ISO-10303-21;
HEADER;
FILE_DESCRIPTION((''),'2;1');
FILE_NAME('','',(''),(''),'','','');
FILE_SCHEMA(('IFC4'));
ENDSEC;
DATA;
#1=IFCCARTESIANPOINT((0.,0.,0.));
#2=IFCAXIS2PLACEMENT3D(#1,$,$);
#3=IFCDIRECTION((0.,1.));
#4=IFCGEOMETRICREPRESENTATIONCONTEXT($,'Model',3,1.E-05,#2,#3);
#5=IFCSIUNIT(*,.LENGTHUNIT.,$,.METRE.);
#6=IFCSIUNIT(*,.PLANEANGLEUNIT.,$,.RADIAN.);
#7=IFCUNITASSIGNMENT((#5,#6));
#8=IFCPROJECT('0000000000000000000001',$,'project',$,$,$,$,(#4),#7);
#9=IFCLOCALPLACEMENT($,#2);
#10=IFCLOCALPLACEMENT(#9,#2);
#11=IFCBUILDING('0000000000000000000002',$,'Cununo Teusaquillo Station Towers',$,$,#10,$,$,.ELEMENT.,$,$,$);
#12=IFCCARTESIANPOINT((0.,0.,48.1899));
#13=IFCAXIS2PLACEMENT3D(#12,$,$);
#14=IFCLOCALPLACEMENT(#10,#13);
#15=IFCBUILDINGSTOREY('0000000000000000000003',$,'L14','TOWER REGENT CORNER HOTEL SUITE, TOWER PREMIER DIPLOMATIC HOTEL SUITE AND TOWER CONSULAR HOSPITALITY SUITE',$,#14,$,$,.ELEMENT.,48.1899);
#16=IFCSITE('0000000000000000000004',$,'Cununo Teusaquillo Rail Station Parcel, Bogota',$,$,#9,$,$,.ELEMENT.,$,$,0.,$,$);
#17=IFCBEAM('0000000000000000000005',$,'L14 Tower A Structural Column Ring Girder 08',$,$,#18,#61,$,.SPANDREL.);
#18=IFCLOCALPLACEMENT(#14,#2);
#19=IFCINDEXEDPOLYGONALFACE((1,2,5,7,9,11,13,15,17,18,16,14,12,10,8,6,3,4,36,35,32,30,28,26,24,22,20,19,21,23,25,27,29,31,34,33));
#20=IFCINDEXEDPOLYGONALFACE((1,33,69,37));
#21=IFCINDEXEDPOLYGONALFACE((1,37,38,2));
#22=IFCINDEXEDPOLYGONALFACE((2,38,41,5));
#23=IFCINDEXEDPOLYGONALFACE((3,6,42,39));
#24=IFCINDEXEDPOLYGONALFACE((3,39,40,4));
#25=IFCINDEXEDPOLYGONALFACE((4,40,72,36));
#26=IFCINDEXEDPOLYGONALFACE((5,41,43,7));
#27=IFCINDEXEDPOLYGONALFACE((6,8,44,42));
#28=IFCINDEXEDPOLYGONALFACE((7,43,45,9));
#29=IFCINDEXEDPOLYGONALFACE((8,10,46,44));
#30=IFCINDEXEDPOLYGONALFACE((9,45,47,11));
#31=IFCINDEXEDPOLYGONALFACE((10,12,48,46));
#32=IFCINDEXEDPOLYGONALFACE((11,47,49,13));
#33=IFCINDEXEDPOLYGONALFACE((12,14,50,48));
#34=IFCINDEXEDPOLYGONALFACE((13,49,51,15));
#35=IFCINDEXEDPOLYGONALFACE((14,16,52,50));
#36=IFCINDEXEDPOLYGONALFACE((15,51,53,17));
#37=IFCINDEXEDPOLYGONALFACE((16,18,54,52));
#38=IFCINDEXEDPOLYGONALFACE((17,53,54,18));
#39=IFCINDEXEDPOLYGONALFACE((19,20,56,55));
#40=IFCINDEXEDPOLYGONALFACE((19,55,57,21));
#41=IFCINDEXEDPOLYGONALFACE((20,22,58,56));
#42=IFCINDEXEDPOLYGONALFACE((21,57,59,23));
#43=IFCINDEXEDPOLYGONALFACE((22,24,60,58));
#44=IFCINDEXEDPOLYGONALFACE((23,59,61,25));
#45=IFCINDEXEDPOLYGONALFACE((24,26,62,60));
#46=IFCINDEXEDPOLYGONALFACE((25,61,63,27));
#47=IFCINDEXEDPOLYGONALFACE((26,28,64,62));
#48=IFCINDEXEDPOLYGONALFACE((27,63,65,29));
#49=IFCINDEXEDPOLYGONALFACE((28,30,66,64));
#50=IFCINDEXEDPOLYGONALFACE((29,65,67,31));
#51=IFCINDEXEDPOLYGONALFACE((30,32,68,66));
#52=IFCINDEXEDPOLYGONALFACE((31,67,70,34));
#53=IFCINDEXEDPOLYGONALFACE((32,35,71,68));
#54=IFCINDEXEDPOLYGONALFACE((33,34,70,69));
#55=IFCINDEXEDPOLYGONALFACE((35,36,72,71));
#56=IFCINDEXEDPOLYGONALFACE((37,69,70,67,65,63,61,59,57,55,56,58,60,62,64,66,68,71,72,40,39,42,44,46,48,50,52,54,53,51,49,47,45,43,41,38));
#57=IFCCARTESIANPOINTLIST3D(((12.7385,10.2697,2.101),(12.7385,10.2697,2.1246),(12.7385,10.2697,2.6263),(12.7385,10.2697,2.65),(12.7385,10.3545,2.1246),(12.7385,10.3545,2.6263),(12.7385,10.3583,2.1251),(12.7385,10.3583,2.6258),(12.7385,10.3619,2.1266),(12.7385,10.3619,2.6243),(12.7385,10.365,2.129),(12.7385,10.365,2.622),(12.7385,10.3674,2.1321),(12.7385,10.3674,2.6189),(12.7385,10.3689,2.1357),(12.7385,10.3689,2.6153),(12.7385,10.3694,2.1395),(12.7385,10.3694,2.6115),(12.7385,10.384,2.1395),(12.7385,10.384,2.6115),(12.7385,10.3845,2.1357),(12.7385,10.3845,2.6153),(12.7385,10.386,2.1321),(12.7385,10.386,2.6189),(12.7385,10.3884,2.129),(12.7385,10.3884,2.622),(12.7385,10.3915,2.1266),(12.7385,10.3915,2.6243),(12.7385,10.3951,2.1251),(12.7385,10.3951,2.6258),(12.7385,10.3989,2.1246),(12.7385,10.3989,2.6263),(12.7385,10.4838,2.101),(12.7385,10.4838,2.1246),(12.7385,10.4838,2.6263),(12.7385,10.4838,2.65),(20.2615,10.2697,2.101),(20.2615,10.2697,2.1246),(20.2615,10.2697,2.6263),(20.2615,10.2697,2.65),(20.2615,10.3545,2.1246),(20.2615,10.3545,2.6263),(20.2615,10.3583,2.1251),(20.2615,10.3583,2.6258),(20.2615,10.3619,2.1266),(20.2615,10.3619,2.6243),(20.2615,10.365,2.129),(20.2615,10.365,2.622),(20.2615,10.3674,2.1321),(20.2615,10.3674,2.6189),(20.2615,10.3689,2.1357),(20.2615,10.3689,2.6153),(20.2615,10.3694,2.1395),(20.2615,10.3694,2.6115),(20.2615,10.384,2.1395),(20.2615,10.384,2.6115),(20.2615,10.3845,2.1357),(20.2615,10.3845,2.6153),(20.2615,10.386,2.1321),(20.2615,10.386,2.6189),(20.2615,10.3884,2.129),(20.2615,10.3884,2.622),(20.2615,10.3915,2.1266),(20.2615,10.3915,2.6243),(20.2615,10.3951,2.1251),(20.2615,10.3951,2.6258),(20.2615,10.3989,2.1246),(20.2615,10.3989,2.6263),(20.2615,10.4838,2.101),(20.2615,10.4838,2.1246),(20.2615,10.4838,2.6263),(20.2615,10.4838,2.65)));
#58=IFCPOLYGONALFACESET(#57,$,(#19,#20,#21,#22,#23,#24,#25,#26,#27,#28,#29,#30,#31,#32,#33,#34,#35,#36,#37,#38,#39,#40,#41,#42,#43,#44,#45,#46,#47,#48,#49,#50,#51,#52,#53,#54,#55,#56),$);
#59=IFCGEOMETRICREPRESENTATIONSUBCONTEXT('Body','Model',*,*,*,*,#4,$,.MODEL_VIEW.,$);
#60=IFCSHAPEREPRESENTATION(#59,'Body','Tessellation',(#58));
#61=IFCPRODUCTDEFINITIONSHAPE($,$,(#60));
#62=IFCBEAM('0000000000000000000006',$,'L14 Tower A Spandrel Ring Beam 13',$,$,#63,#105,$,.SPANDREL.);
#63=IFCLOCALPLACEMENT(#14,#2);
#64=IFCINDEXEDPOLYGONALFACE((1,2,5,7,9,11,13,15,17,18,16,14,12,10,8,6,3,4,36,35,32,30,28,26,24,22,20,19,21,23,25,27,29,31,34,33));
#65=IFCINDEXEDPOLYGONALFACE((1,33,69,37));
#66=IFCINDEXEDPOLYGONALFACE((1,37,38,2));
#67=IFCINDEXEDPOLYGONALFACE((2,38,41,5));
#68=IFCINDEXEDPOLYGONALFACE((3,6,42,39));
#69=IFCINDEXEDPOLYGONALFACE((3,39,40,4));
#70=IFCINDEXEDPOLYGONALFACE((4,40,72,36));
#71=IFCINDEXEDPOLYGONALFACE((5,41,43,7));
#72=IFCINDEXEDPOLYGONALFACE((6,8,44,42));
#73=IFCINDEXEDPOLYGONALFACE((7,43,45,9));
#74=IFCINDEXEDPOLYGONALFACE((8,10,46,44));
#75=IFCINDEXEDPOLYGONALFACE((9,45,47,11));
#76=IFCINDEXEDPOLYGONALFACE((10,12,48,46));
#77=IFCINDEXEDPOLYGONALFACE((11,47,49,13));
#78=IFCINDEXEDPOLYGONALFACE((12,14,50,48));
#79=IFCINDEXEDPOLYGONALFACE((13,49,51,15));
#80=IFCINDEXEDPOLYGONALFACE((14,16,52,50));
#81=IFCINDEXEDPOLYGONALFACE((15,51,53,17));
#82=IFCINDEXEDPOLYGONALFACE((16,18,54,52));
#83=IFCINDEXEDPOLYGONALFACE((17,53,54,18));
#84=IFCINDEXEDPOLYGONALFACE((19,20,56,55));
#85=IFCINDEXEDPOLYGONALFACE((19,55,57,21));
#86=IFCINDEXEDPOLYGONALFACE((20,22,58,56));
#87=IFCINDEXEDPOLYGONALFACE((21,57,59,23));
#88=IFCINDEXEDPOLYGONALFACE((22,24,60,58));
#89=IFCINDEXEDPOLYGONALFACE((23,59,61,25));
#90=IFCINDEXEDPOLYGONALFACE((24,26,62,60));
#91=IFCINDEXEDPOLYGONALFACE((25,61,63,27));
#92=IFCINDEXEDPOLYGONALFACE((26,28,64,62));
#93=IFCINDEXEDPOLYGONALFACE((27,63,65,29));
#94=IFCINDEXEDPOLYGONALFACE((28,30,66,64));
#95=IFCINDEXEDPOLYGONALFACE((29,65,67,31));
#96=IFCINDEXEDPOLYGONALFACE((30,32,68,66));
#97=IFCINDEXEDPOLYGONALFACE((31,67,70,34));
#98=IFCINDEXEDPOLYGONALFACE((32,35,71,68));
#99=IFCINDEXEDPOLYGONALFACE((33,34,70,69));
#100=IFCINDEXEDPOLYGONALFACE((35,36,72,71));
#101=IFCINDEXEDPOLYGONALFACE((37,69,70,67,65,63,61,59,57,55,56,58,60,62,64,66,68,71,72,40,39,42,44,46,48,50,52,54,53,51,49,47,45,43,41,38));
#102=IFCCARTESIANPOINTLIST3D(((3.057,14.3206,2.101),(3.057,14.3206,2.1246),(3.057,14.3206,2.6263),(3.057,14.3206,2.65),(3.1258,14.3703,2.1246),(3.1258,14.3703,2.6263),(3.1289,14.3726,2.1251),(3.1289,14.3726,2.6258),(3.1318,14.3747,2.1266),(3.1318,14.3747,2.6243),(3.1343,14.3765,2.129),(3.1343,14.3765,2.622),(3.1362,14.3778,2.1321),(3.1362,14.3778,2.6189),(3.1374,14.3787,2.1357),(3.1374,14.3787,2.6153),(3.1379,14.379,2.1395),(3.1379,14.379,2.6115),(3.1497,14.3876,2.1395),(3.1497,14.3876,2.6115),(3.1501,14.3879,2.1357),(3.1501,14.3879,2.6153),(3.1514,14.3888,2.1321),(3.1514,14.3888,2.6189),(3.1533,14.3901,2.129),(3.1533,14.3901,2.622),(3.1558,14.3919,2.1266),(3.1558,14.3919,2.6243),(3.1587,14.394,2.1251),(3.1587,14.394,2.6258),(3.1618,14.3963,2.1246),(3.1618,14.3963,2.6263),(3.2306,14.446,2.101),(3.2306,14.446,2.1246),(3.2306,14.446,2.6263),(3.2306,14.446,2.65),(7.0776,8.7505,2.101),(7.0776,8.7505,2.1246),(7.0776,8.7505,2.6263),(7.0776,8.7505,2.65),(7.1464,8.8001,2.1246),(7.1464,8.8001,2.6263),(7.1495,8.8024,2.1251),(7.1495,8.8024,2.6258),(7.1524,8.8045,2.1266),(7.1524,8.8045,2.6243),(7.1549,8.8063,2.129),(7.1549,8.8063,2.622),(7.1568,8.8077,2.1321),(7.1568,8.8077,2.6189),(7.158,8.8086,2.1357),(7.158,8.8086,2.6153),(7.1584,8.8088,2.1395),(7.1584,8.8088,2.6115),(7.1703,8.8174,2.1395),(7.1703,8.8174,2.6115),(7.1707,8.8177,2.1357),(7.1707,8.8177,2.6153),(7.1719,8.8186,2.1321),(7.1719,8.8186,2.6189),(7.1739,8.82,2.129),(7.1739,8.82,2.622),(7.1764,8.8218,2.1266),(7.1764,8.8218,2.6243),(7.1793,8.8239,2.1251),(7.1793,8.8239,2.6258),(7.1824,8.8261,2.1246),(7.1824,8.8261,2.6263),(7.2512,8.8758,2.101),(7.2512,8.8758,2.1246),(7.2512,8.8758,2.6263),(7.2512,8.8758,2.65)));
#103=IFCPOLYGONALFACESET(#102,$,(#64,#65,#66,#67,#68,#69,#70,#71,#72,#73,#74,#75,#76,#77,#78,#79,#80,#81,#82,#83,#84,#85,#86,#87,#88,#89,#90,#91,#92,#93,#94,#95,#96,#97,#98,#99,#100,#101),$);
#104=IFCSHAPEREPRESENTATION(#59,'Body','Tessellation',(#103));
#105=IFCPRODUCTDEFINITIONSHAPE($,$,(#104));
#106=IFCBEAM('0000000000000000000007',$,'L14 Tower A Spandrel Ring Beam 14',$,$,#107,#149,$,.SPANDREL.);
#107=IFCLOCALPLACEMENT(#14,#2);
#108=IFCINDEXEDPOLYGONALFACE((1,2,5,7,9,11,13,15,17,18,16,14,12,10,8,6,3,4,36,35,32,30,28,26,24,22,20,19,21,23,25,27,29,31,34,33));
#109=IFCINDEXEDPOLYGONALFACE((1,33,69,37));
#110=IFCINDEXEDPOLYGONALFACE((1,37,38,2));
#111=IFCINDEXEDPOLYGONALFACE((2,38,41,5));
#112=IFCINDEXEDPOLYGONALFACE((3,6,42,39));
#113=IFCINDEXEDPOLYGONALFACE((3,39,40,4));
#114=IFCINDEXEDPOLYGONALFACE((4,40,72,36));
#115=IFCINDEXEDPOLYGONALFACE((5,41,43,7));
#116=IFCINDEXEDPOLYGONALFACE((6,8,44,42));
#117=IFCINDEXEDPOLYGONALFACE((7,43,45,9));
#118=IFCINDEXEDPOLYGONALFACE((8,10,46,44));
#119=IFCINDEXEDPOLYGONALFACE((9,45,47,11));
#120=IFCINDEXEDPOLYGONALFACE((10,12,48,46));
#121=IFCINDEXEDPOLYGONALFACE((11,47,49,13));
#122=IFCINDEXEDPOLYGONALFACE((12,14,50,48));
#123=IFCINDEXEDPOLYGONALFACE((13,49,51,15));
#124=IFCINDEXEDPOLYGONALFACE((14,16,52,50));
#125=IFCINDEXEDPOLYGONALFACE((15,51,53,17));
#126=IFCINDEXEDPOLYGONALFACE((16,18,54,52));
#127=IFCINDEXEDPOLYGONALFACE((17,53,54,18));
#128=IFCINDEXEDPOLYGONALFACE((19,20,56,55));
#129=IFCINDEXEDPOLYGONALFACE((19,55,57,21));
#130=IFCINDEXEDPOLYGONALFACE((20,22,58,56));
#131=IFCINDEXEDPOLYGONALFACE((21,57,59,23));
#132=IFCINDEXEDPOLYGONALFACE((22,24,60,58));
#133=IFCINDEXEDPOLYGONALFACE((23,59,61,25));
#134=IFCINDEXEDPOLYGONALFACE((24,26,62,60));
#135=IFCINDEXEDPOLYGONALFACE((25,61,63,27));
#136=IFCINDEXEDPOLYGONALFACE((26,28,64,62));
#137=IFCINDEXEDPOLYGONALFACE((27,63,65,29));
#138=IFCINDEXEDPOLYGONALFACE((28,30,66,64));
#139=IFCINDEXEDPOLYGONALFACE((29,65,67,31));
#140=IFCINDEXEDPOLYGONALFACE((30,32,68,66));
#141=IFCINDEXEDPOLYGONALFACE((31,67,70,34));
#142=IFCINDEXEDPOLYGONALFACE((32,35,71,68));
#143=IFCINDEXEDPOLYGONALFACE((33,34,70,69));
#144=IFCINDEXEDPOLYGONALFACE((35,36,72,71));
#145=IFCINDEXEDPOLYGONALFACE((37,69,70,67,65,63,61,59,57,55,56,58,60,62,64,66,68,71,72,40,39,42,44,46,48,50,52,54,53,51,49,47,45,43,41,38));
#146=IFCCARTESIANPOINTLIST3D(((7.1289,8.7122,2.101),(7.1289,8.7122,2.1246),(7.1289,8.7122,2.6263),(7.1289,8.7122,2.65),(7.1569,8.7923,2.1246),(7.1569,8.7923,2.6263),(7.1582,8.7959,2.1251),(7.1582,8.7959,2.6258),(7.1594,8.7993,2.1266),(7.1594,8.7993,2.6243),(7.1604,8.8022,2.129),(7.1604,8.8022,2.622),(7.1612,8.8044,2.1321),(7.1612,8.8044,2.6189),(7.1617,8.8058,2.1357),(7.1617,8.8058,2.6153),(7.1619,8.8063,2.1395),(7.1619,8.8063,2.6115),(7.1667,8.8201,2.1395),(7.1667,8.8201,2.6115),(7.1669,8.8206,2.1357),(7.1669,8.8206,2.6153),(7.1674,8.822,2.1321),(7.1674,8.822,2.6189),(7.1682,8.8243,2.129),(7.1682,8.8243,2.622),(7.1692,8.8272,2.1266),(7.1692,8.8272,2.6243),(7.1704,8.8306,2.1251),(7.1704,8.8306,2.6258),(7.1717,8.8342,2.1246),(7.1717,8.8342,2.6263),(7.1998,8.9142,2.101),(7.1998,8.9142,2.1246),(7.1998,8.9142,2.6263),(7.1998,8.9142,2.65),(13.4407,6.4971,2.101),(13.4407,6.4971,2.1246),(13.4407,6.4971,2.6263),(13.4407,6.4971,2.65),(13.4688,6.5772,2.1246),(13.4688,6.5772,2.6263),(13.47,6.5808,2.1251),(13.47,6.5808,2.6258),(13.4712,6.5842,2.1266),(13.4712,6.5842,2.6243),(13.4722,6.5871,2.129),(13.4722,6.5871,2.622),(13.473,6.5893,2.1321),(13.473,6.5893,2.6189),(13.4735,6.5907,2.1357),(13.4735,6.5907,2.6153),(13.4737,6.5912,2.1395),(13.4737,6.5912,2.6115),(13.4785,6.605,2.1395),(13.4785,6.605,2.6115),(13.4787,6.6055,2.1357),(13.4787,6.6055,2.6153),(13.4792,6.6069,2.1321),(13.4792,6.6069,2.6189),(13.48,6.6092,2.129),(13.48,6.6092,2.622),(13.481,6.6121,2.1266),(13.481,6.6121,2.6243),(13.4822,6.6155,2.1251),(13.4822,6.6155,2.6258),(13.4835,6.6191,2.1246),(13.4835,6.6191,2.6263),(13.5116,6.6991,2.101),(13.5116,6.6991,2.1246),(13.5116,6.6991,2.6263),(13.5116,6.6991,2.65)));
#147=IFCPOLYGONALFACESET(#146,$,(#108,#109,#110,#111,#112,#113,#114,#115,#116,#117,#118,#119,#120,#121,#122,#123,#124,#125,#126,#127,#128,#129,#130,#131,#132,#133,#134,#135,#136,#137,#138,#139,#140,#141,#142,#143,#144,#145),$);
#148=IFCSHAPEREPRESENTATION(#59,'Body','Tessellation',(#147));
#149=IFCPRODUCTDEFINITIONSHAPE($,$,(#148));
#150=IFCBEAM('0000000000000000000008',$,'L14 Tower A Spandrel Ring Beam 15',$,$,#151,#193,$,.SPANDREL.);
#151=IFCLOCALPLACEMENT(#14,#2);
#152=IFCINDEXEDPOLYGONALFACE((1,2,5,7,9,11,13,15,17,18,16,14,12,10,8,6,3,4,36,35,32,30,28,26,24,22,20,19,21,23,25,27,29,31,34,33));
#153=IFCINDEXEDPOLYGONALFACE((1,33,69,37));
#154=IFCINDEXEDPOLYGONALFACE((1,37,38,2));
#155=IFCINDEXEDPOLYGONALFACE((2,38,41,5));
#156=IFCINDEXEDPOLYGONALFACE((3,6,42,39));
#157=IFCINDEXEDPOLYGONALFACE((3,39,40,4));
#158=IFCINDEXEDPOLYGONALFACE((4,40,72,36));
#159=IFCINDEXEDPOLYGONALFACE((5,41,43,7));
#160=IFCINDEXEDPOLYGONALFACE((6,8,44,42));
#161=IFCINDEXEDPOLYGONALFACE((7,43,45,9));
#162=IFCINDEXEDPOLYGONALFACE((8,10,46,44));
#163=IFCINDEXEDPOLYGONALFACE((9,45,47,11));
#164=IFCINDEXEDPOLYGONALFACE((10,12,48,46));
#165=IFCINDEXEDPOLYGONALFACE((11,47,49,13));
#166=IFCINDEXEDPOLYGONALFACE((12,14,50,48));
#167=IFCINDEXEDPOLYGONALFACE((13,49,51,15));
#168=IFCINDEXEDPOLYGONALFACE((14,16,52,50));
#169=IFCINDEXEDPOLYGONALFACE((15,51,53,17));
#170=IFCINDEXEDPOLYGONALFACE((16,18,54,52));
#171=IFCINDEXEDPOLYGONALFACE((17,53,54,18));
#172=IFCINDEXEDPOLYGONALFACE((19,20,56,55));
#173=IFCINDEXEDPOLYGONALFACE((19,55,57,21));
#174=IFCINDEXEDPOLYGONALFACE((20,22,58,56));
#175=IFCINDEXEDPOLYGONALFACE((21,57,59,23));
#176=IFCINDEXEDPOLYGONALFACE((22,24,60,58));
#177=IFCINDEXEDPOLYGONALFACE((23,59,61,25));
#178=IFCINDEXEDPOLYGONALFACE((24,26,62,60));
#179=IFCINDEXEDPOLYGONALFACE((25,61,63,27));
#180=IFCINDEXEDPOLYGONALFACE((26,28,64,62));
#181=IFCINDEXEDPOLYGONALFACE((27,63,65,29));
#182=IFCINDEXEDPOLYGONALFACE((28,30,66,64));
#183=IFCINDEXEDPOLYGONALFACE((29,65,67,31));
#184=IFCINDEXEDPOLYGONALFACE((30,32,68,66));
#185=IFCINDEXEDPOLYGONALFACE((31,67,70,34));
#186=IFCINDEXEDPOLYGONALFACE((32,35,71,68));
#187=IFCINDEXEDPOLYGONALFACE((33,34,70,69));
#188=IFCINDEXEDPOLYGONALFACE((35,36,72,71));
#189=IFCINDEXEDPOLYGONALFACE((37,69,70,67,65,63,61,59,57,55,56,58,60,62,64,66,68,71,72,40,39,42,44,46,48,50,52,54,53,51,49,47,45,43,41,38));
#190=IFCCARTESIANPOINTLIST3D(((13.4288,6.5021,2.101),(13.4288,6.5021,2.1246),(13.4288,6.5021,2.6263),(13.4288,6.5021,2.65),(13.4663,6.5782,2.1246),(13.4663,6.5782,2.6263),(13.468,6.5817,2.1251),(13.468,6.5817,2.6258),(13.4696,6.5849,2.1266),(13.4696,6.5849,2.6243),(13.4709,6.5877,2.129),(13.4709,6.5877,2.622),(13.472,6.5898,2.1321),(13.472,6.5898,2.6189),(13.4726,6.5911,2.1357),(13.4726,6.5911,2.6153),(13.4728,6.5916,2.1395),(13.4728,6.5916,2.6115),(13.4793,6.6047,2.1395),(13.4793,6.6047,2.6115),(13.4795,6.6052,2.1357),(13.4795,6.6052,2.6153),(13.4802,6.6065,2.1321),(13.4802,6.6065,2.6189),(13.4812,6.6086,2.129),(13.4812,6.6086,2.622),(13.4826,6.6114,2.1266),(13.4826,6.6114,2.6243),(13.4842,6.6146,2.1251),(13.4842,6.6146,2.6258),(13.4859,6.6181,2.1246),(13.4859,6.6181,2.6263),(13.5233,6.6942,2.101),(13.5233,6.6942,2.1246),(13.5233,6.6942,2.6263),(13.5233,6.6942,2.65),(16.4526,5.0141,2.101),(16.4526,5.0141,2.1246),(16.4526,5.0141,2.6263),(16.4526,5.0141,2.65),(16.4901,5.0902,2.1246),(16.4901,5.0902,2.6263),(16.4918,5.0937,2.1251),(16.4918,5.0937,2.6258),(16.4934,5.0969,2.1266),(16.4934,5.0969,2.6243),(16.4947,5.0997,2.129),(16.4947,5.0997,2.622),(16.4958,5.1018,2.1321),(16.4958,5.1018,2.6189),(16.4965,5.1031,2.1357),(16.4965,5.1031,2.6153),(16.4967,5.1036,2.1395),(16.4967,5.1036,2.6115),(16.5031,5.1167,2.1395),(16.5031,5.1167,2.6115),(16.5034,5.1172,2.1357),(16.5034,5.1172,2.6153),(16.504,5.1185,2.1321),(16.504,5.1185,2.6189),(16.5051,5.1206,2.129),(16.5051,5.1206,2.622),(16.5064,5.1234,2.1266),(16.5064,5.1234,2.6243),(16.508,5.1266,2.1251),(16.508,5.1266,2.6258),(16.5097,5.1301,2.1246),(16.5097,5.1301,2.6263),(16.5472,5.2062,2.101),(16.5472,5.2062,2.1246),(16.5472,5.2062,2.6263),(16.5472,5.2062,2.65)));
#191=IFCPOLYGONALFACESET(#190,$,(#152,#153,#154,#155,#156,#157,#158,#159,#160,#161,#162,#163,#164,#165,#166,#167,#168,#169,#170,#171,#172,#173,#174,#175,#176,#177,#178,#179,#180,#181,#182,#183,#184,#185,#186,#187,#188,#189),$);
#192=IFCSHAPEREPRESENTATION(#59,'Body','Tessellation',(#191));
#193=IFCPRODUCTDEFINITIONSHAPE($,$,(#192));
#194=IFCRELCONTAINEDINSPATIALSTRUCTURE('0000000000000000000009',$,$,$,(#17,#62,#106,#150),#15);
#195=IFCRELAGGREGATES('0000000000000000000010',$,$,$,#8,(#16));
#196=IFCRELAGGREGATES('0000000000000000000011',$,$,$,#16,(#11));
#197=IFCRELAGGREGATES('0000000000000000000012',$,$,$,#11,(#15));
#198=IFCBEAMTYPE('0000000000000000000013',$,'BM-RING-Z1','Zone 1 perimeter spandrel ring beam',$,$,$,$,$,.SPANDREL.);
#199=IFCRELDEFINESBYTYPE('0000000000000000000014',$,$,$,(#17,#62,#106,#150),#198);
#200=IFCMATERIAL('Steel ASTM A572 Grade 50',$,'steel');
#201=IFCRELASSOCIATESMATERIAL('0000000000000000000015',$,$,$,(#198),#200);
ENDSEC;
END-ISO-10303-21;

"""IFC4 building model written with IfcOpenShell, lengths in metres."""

from ifc_helpers import new_model, si_unit, direction, frame, origin, origin_2d, place, context, subcontext, project, spatial, i_section, extrude, material, material_profile, profile_set, type_object, element, save


model = new_model("IFC4")

# Units and contexts
model_context = context("Model", 3, precision=1e-05, world=origin(), true_north=direction((0.0, 1.0)))
body_context = subcontext(model_context, "Body", "Model", "MODEL_VIEW")
ifc_project = project(units=[si_unit("LENGTHUNIT", "METRE"), si_unit("PLANEANGLEUNIT", "RADIAN")], contexts=[model_context])

# Site, building, storey
site_placement = place(None, origin())
site = spatial("IfcSite", under=ifc_project, at=site_placement, Name="Cununo Teusaquillo Rail Station Parcel, Bogota", CompositionType="ELEMENT", RefElevation=0.0)
building_placement = place(site_placement, origin())
building = spatial("IfcBuilding", under=site, at=building_placement, Name="Cununo Teusaquillo Station Towers", CompositionType="ELEMENT")
storey_placement = place(building_placement, frame((0.0, 0.0, 48.1899)))
storey = spatial("IfcBuildingStorey", under=building, at=storey_placement, Name="L14", Description="TOWER REGENT CORNER HOTEL SUITE, TOWER PREMIER DIPLOMATIC HOTEL SUITE AND TOWER CONSULAR HOSPITALITY SUITE", CompositionType="ELEMENT", Elevation=48.1899)

# Beams
ifc_material_1 = material(Name="Steel ASTM A572 Grade 50", Category="steel")
ifc_material_profile_1 = material_profile(ifc_material_1, i_section(OverallWidth=0.2141, OverallDepth=0.5491, WebThickness=0.0146, FlangeThickness=0.0237, FilletRadius=0.0149, at=origin_2d()), Name="W21X93")
ifc_profile_set_1 = profile_set([ifc_material_profile_1], Name="Steel ASTM A572 Grade 50")
beam_type = type_object("IfcBeamType", Name="BM-RING-Z1", Description="Zone 1 perimeter spandrel ring beam", PredefinedType="SPANDREL", material=ifc_profile_set_1)
beam_1_placement = place(storey_placement, frame((12.7385, 10.3767, 2.3755), z_axis=(1.0, 0.0, 0.0), x_axis=(0.0, 1.0, 0.0)))
element("IfcBeam", 1, at=beam_1_placement, inside=storey, type_object=beam_type, Name="L14 Tower A Structural Column Ring Girder 08", PredefinedType="SPANDREL", context=body_context, shape_type="SweptSolid", body=[
    extrude(i_section(OverallWidth=0.2141, OverallDepth=0.5491, WebThickness=0.0146, FlangeThickness=0.0237, FilletRadius=0.0149, at=origin_2d()), origin(), (0.0, 0.0, 1.0), 7.5229),
])
beam_2_placement = place(storey_placement, frame((3.1438, 14.3833, 2.3755), z_axis=(0.585269, -0.810839, 0.0), x_axis=(0.810839, 0.585269, 0.0)))
element("IfcBeam", 2, at=beam_2_placement, inside=storey, type_object=beam_type, Name="L14 Tower A Spandrel Ring Beam 13", PredefinedType="SPANDREL", context=body_context, shape_type="SweptSolid", body=[
    extrude(i_section(OverallWidth=0.2141, OverallDepth=0.5491, WebThickness=0.0146, FlangeThickness=0.0237, FilletRadius=0.0149, at=origin_2d()), origin(), (0.0, 0.0, 1.0), 6.8696),
])
beam_3_placement = place(storey_placement, frame((7.1643, 8.8132, 2.3755), z_axis=(0.94358, -0.331145, 0.0), x_axis=(0.331145, 0.94358, 0.0)))
element("IfcBeam", 3, at=beam_3_placement, inside=storey, type_object=beam_type, Name="L14 Tower A Spandrel Ring Beam 14", PredefinedType="SPANDREL", context=body_context, shape_type="SweptSolid", body=[
    extrude(i_section(OverallWidth=0.2141, OverallDepth=0.5491, WebThickness=0.0146, FlangeThickness=0.0237, FilletRadius=0.0149, at=origin_2d()), origin(), (0.0, 0.0, 1.0), 6.6892),
])
beam_4_placement = place(storey_placement, frame((13.4761, 6.5981, 2.3755), z_axis=(0.897249, -0.441525, 0.0), x_axis=(0.441525, 0.897249, 0.0)))
element("IfcBeam", 4, at=beam_4_placement, inside=storey, type_object=beam_type, Name="L14 Tower A Spandrel Ring Beam 15", PredefinedType="SPANDREL", context=body_context, shape_type="SweptSolid", body=[
    extrude(i_section(OverallWidth=0.2141, OverallDepth=0.5491, WebThickness=0.0146, FlangeThickness=0.0237, FilletRadius=0.0149, at=origin_2d()), origin(), (0.0, 0.0, 1.0), 3.3701),
])

save(model, "model.ifc")
